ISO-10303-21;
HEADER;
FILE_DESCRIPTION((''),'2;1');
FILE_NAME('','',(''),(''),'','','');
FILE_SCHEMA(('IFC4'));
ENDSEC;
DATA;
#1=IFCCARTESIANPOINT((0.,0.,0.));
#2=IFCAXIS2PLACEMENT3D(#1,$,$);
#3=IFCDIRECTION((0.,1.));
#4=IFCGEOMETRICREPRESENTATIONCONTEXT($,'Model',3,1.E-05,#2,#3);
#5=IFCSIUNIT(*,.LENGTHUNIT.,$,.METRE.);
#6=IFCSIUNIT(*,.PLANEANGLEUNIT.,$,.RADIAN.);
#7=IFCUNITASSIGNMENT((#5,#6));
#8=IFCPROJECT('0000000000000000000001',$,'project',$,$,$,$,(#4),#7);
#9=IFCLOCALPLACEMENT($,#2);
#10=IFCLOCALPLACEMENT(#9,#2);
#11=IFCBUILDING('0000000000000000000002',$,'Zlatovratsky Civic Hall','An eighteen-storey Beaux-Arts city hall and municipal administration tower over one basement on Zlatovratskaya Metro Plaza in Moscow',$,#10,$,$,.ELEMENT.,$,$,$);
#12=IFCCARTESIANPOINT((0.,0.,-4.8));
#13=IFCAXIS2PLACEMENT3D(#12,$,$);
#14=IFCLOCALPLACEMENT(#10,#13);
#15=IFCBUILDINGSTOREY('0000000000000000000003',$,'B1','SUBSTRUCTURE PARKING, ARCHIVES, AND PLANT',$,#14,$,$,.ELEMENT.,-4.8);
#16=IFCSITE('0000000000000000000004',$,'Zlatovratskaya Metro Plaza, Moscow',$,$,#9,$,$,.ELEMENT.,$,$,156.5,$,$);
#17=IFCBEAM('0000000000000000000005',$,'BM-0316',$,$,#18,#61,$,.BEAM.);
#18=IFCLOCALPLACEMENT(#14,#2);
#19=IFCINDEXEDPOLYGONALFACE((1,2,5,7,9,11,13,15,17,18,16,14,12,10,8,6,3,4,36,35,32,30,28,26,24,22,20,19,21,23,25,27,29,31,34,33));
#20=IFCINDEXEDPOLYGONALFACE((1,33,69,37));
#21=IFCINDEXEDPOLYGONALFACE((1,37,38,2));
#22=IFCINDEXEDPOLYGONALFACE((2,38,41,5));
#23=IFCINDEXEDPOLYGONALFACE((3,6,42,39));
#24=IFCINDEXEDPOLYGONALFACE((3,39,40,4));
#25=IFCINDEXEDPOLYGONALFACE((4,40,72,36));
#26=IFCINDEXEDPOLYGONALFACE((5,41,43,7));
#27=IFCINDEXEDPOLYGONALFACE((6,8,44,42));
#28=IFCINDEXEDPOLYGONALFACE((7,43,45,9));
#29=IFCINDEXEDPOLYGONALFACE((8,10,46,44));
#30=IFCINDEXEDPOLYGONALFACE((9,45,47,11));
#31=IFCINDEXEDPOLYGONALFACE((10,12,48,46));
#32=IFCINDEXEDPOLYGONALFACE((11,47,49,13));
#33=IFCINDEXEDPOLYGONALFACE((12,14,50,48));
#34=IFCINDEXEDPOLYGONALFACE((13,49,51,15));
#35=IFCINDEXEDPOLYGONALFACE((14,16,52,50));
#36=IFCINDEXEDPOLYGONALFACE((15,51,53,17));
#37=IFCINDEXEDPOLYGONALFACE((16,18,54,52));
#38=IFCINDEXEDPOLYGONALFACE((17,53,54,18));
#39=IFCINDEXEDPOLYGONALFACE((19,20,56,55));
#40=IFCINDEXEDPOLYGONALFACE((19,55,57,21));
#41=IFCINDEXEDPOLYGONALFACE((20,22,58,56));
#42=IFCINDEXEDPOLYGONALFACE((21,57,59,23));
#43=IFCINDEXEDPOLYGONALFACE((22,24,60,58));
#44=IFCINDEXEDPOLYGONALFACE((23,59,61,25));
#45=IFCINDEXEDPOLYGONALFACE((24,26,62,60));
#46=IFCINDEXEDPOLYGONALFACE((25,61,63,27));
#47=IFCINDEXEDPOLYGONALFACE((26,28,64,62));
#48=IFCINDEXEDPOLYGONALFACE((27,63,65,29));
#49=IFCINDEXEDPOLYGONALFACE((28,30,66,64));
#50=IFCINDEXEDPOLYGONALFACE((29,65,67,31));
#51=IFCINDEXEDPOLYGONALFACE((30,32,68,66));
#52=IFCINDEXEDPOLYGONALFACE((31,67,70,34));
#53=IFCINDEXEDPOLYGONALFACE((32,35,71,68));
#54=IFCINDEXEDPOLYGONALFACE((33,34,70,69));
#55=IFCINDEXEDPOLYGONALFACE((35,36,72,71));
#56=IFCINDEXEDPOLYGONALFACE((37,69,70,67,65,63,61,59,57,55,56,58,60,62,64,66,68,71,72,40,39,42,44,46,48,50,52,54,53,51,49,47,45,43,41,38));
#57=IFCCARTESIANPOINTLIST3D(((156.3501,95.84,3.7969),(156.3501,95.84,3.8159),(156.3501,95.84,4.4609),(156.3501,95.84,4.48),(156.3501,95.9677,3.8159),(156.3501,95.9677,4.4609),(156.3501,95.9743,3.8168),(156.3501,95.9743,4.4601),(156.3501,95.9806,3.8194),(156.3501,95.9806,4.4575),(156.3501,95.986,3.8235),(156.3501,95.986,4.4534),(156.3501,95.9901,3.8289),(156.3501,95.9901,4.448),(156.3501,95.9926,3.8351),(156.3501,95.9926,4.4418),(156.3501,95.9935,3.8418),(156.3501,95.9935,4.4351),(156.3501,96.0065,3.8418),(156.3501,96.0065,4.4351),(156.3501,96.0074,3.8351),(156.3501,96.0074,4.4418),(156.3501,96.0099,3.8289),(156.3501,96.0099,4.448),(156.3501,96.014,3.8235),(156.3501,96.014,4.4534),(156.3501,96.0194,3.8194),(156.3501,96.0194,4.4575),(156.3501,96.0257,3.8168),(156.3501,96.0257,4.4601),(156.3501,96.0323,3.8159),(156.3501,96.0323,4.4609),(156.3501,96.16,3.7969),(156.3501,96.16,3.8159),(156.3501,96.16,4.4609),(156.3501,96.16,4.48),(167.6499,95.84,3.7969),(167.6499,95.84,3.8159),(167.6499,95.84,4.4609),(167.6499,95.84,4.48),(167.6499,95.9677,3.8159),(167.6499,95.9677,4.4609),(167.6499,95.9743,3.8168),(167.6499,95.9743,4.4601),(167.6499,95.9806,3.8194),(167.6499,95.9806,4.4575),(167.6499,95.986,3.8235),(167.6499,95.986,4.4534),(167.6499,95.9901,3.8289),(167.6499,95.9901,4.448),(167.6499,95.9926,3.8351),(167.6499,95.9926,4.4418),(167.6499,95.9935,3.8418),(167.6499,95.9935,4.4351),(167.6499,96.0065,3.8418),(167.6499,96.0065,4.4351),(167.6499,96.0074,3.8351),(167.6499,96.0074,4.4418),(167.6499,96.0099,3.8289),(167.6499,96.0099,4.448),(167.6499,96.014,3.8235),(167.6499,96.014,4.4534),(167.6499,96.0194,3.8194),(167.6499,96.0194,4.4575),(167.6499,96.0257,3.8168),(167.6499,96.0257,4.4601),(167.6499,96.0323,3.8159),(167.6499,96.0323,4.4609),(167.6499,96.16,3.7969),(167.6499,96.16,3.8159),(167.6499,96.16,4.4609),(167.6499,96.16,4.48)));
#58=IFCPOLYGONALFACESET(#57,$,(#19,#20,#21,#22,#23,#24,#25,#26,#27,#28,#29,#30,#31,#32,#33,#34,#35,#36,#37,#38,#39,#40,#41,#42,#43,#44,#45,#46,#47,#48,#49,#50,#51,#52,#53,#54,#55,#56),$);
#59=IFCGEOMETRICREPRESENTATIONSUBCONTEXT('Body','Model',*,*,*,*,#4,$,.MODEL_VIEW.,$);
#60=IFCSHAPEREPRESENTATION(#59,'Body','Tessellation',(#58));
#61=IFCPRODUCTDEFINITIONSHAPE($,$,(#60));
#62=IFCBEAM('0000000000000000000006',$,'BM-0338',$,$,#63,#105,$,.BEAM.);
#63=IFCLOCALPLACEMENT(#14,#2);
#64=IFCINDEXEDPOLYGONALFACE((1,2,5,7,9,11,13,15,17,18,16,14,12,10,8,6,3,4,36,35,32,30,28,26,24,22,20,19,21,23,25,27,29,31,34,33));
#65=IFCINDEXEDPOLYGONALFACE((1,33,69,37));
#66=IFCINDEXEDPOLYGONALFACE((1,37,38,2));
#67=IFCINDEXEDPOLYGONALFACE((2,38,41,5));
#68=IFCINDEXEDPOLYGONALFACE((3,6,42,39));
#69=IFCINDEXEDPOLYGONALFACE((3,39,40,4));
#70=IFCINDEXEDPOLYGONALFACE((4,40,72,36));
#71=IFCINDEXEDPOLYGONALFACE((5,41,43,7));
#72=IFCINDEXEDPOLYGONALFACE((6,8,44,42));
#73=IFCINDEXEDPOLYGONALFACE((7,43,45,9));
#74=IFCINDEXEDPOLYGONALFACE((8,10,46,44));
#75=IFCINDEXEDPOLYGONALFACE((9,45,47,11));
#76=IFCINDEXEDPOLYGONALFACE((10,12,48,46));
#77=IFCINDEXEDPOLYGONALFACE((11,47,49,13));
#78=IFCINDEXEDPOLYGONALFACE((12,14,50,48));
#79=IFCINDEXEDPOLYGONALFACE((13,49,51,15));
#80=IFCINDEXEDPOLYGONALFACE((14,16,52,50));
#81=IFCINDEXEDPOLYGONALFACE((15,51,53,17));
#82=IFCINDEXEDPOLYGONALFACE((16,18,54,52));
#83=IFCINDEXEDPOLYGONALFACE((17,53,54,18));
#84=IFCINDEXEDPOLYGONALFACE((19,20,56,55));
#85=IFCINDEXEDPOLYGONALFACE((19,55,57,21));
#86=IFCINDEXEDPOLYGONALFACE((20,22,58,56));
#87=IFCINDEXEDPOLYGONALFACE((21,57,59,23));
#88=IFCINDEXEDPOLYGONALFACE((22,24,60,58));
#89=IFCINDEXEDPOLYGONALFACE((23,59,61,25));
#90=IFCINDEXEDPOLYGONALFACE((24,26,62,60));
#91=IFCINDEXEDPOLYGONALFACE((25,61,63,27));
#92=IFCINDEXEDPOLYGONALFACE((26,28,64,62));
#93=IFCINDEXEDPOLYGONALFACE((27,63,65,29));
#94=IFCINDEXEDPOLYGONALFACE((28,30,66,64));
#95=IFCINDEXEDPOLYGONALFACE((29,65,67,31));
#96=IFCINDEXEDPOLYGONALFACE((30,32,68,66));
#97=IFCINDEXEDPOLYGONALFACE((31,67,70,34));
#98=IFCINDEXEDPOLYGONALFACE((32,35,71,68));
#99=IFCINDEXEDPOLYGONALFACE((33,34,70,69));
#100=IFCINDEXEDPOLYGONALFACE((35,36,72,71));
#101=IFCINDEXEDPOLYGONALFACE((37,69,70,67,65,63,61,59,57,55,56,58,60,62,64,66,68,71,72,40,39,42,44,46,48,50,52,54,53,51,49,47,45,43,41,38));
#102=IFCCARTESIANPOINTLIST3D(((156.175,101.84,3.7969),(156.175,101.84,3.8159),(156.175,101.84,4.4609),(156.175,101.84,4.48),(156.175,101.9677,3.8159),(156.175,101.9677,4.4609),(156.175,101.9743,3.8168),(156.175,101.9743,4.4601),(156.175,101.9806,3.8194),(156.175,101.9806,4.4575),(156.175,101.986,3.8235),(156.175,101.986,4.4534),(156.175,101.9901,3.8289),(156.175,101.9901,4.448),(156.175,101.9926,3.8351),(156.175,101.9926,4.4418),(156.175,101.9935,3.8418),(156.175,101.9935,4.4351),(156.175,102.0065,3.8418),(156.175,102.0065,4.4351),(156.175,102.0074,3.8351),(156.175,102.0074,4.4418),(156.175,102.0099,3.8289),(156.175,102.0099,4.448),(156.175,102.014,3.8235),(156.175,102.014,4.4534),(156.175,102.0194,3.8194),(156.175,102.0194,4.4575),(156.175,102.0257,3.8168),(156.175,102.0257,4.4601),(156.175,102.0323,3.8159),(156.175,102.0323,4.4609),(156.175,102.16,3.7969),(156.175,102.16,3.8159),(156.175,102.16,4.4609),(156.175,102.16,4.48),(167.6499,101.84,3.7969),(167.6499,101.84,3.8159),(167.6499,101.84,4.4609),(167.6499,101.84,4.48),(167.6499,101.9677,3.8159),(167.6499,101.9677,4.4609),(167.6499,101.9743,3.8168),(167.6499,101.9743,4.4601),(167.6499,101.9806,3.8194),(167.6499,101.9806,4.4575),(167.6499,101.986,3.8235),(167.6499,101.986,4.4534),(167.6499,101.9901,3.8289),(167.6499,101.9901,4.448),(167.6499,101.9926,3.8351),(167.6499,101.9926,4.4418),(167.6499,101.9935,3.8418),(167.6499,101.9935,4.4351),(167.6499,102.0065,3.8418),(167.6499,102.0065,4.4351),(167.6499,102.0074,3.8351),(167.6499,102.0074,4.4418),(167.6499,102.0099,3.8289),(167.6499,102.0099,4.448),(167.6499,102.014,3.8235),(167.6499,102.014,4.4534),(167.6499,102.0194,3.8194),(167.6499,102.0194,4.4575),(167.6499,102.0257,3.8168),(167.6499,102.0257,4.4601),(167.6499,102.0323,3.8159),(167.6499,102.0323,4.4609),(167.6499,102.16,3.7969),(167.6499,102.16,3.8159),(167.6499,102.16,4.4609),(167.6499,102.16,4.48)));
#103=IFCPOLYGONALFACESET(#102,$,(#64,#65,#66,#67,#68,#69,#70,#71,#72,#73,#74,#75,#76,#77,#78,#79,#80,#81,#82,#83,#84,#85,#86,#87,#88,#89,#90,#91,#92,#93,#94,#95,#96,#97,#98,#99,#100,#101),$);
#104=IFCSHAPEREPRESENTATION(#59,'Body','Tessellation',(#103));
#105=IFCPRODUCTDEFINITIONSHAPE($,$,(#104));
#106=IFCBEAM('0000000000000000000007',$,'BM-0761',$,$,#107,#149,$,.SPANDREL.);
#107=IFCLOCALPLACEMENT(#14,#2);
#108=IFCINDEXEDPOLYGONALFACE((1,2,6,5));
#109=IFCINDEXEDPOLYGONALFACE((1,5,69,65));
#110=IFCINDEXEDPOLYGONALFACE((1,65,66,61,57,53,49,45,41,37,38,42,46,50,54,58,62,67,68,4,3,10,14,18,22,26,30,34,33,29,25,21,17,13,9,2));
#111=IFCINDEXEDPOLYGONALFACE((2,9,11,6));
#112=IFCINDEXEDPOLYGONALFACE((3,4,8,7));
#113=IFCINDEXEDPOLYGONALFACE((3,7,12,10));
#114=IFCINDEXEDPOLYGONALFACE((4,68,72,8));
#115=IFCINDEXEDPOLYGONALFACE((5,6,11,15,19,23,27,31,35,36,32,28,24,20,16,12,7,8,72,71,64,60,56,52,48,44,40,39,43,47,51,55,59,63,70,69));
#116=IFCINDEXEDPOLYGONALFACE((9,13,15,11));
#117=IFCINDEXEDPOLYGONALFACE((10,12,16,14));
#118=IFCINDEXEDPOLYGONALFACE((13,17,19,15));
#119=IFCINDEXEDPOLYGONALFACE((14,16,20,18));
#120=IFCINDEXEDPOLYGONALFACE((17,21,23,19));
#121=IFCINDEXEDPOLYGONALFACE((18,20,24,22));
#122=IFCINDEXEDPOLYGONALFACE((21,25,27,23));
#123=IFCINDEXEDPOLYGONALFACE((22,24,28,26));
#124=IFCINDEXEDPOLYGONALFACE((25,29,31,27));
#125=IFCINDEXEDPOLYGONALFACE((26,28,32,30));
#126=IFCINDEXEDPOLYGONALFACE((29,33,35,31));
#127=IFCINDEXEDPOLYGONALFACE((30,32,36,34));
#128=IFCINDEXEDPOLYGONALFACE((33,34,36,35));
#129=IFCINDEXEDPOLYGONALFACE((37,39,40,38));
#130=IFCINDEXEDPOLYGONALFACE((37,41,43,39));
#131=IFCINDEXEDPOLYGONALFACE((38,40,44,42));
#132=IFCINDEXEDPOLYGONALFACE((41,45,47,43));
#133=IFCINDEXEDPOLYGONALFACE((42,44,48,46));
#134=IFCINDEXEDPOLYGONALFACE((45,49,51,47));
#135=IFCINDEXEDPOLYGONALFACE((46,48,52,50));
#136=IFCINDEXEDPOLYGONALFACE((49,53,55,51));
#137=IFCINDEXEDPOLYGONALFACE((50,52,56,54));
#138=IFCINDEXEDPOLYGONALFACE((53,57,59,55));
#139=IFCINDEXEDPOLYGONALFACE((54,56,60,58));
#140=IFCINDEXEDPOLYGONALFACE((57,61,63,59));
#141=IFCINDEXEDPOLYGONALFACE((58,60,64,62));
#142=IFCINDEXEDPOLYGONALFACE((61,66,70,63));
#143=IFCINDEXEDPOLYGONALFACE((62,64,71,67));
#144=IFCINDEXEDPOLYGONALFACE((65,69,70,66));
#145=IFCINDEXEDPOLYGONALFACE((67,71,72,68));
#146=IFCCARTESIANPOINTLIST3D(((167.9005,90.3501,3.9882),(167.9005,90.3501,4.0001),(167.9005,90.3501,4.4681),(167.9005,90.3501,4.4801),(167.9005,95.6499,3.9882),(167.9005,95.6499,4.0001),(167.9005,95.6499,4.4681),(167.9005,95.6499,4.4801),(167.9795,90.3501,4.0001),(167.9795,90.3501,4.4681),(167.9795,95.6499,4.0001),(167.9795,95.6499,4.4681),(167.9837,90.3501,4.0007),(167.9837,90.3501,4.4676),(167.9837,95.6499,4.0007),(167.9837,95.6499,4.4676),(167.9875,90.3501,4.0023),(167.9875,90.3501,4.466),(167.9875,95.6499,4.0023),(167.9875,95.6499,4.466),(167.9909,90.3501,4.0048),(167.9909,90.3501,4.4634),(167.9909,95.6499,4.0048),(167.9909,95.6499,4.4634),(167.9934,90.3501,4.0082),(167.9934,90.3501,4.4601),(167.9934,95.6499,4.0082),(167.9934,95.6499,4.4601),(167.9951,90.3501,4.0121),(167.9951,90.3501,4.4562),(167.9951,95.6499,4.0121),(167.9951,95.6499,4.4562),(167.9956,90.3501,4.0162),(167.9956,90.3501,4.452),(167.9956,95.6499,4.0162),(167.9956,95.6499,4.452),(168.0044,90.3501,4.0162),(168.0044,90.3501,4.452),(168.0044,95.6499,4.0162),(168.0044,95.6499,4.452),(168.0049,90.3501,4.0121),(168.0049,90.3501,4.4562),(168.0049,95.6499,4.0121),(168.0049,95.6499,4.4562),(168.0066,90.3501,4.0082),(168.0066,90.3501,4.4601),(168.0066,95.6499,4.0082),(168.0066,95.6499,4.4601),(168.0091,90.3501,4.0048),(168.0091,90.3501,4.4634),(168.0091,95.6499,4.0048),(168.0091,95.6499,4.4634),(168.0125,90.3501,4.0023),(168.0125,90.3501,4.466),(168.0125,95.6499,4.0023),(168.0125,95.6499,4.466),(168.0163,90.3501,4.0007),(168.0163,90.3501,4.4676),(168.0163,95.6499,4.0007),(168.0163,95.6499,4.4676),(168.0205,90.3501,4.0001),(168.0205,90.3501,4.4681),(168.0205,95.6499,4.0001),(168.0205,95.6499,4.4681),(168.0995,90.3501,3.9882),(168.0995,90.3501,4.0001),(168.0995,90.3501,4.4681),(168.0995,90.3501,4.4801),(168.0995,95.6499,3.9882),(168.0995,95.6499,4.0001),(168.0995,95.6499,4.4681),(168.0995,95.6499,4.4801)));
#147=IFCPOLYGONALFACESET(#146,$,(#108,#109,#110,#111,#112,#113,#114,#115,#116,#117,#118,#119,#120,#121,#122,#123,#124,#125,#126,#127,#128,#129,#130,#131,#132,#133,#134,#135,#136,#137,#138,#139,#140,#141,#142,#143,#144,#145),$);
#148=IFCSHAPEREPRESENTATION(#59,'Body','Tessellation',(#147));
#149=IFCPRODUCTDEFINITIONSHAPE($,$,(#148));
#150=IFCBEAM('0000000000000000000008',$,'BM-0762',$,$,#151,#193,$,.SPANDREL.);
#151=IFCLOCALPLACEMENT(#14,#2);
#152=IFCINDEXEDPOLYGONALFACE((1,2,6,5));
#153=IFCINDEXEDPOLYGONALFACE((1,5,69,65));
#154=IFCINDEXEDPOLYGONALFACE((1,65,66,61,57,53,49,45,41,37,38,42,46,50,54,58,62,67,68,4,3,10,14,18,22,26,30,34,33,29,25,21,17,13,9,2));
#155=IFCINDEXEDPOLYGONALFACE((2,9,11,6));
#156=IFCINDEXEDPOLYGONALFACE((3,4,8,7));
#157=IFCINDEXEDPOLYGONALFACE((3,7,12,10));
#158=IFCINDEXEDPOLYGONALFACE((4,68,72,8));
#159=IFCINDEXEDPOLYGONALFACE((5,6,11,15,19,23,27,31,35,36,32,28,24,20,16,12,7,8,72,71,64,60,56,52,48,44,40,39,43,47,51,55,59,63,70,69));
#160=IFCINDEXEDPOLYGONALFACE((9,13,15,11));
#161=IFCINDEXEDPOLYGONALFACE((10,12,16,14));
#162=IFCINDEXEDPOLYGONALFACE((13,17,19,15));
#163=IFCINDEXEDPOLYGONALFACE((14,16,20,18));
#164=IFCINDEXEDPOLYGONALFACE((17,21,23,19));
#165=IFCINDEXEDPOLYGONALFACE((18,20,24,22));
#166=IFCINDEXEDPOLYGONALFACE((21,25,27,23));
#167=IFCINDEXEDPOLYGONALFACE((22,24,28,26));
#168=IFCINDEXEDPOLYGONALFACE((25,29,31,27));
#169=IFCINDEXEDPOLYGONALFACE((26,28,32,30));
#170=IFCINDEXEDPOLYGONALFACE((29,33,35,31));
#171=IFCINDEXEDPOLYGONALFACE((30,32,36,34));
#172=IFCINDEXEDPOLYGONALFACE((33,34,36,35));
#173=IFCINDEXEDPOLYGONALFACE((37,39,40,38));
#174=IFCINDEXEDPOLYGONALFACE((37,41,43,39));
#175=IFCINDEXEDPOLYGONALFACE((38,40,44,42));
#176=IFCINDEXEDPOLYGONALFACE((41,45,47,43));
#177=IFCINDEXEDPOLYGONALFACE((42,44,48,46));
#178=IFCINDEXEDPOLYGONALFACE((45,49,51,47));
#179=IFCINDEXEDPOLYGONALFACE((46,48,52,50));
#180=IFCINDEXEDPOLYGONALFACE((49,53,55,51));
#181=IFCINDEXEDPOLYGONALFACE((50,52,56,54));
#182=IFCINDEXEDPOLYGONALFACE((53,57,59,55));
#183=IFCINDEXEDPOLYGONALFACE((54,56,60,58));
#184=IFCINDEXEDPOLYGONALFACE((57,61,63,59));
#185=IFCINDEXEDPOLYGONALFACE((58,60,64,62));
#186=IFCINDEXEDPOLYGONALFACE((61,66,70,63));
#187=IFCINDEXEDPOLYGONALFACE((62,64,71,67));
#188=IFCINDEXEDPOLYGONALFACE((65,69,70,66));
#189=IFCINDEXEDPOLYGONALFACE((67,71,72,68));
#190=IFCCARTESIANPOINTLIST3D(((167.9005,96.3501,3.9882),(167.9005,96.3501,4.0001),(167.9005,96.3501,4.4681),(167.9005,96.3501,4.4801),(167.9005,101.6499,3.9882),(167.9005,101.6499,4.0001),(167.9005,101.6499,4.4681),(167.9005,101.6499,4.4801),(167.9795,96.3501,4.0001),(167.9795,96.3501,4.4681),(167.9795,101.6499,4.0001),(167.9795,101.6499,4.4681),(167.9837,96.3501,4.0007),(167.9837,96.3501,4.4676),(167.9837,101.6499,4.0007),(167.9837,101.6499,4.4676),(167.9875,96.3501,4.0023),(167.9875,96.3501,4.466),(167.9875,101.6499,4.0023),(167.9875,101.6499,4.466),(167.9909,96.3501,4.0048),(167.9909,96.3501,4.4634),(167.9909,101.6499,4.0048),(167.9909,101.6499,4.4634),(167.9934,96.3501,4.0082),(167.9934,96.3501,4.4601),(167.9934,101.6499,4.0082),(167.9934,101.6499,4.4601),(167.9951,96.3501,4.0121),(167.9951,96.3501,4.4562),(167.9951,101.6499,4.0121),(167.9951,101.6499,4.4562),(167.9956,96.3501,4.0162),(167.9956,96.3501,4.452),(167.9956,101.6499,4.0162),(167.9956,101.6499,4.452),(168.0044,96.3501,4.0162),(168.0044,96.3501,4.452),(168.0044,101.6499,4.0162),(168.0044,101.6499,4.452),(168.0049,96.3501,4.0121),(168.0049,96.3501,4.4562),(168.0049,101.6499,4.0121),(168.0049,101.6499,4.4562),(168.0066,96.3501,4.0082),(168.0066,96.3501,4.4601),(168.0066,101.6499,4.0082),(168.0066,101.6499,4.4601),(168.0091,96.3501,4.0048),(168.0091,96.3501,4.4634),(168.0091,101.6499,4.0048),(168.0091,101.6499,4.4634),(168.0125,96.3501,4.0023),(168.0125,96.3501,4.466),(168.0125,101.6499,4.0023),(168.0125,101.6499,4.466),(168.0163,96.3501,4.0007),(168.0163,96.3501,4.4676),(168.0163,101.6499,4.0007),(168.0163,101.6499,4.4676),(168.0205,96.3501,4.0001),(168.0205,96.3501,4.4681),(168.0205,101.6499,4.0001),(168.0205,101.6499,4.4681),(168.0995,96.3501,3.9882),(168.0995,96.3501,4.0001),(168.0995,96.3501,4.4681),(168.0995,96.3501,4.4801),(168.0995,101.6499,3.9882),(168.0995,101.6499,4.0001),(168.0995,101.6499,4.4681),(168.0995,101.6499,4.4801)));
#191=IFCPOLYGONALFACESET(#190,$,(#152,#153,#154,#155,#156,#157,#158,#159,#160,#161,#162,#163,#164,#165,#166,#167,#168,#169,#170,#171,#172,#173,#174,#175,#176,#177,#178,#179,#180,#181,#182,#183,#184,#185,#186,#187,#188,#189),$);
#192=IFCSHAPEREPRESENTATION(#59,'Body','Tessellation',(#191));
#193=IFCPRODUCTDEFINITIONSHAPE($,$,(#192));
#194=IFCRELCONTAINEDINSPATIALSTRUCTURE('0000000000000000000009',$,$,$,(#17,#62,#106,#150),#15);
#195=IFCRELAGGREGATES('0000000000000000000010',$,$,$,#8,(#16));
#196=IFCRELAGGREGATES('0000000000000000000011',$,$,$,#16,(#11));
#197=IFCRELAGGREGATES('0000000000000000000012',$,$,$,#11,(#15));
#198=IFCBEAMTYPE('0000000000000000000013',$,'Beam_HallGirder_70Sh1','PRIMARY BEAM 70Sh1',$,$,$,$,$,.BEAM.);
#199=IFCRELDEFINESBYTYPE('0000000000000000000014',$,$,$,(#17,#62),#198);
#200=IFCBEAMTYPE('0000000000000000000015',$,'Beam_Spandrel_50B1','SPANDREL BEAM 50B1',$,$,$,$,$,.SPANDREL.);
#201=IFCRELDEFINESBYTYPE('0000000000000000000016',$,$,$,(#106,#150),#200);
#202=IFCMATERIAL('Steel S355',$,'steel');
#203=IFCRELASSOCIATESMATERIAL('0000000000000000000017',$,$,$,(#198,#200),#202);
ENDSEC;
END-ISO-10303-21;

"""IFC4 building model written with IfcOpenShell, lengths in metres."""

from ifc_helpers import new_model, si_unit, direction, frame, origin, origin_2d, place, context, subcontext, project, spatial, i_section, extrude, material, material_profile, profile_set, type_object, element, save


model = new_model("IFC4")

# Units and contexts
model_context = context("Model", 3, precision=1e-05, world=origin(), true_north=direction((0.0, 1.0)))
body_context = subcontext(model_context, "Body", "Model", "MODEL_VIEW")
ifc_project = project(units=[si_unit("LENGTHUNIT", "METRE"), si_unit("PLANEANGLEUNIT", "RADIAN")], contexts=[model_context])

# Site, building, storey
site_placement = place(None, origin())
site = spatial("IfcSite", under=ifc_project, at=site_placement, Name="Zlatovratskaya Metro Plaza, Moscow", CompositionType="ELEMENT", RefElevation=156.5)
building_placement = place(site_placement, origin())
building = spatial("IfcBuilding", under=site, at=building_placement, Name="Zlatovratsky Civic Hall", Description="An eighteen-storey Beaux-Arts city hall and municipal administration tower over one basement on Zlatovratskaya Metro Plaza in Moscow", CompositionType="ELEMENT")
storey_placement = place(building_placement, frame((0.0, 0.0, -4.8)))
storey = spatial("IfcBuildingStorey", under=building, at=storey_placement, Name="B1", Description="SUBSTRUCTURE PARKING, ARCHIVES, AND PLANT", CompositionType="ELEMENT", Elevation=-4.8)

# Shared definitions
ifc_material_1 = material(Name="Steel S355", Category="steel")

# Beams
ifc_material_profile_1 = material_profile(ifc_material_1, i_section(OverallWidth=0.3201, OverallDepth=0.6831, WebThickness=0.0129, FlangeThickness=0.019, FilletRadius=0.0259, at=origin_2d()), Name="70Sh1")
ifc_profile_set_1 = profile_set([ifc_material_profile_1], Name="Steel S355")
beam_type_1 = type_object("IfcBeamType", Name="Beam_HallGirder_70Sh1", Description="PRIMARY BEAM 70Sh1", PredefinedType="BEAM", material=ifc_profile_set_1)
beam_1_placement = place(storey_placement, frame((156.3501, 96.0, 4.1384), z_axis=(1.0, 0.0, 0.0), x_axis=(0.0, 1.0, 0.0)))
element("IfcBeam", 1, at=beam_1_placement, inside=storey, type_object=beam_type_1, Name="BM-0316", PredefinedType="BEAM", context=body_context, shape_type="SweptSolid", body=[
    extrude(i_section(OverallWidth=0.3201, OverallDepth=0.6831, WebThickness=0.0129, FlangeThickness=0.019, FilletRadius=0.0259, at=origin_2d()), origin(), (0.0, 0.0, 1.0), 11.2998),
])
beam_2_placement = place(storey_placement, frame((156.175, 102.0, 4.1384), z_axis=(1.0, 0.0, 0.0), x_axis=(0.0, 1.0, 0.0)))
element("IfcBeam", 2, at=beam_2_placement, inside=storey, type_object=beam_type_1, Name="BM-0338", PredefinedType="BEAM", context=body_context, shape_type="SweptSolid", body=[
    extrude(i_section(OverallWidth=0.3201, OverallDepth=0.6831, WebThickness=0.0129, FlangeThickness=0.019, FilletRadius=0.0259, at=origin_2d()), origin(), (0.0, 0.0, 1.0), 11.4749),
])
ifc_material_profile_2 = material_profile(ifc_material_1, i_section(OverallWidth=0.199, OverallDepth=0.4919, WebThickness=0.0088, FlangeThickness=0.012, FilletRadius=0.0161, at=origin_2d()), Name="50B1")
ifc_profile_set_2 = profile_set([ifc_material_profile_2], Name="Steel S355")
beam_type_2 = type_object("IfcBeamType", Name="Beam_Spandrel_50B1", Description="SPANDREL BEAM 50B1", PredefinedType="SPANDREL", material=ifc_profile_set_2)
for number, where, z_axis, x_axis, name in (
    (3, (168.0, 90.3501, 4.2341), (0.0, 1.0, 0.0), (-1.0, 0.0, 0.0), "BM-0761"),
    (4, (168.0, 96.3501, 4.2341), (0.0, 1.0, 0.0), (-1.0, 0.0, 0.0), "BM-0762"),
):
    element("IfcBeam", number, at=place(storey_placement, frame(where, z_axis=z_axis, x_axis=x_axis)), inside=storey, type_object=beam_type_2, Name=name, PredefinedType="SPANDREL", context=body_context, shape_type="SweptSolid", body=[
        extrude(i_section(OverallWidth=0.199, OverallDepth=0.4919, WebThickness=0.0088, FlangeThickness=0.012, FilletRadius=0.0161, at=origin_2d()), origin(), (0.0, 0.0, 1.0), 5.2998),
    ])

save(model, "model.ifc")
